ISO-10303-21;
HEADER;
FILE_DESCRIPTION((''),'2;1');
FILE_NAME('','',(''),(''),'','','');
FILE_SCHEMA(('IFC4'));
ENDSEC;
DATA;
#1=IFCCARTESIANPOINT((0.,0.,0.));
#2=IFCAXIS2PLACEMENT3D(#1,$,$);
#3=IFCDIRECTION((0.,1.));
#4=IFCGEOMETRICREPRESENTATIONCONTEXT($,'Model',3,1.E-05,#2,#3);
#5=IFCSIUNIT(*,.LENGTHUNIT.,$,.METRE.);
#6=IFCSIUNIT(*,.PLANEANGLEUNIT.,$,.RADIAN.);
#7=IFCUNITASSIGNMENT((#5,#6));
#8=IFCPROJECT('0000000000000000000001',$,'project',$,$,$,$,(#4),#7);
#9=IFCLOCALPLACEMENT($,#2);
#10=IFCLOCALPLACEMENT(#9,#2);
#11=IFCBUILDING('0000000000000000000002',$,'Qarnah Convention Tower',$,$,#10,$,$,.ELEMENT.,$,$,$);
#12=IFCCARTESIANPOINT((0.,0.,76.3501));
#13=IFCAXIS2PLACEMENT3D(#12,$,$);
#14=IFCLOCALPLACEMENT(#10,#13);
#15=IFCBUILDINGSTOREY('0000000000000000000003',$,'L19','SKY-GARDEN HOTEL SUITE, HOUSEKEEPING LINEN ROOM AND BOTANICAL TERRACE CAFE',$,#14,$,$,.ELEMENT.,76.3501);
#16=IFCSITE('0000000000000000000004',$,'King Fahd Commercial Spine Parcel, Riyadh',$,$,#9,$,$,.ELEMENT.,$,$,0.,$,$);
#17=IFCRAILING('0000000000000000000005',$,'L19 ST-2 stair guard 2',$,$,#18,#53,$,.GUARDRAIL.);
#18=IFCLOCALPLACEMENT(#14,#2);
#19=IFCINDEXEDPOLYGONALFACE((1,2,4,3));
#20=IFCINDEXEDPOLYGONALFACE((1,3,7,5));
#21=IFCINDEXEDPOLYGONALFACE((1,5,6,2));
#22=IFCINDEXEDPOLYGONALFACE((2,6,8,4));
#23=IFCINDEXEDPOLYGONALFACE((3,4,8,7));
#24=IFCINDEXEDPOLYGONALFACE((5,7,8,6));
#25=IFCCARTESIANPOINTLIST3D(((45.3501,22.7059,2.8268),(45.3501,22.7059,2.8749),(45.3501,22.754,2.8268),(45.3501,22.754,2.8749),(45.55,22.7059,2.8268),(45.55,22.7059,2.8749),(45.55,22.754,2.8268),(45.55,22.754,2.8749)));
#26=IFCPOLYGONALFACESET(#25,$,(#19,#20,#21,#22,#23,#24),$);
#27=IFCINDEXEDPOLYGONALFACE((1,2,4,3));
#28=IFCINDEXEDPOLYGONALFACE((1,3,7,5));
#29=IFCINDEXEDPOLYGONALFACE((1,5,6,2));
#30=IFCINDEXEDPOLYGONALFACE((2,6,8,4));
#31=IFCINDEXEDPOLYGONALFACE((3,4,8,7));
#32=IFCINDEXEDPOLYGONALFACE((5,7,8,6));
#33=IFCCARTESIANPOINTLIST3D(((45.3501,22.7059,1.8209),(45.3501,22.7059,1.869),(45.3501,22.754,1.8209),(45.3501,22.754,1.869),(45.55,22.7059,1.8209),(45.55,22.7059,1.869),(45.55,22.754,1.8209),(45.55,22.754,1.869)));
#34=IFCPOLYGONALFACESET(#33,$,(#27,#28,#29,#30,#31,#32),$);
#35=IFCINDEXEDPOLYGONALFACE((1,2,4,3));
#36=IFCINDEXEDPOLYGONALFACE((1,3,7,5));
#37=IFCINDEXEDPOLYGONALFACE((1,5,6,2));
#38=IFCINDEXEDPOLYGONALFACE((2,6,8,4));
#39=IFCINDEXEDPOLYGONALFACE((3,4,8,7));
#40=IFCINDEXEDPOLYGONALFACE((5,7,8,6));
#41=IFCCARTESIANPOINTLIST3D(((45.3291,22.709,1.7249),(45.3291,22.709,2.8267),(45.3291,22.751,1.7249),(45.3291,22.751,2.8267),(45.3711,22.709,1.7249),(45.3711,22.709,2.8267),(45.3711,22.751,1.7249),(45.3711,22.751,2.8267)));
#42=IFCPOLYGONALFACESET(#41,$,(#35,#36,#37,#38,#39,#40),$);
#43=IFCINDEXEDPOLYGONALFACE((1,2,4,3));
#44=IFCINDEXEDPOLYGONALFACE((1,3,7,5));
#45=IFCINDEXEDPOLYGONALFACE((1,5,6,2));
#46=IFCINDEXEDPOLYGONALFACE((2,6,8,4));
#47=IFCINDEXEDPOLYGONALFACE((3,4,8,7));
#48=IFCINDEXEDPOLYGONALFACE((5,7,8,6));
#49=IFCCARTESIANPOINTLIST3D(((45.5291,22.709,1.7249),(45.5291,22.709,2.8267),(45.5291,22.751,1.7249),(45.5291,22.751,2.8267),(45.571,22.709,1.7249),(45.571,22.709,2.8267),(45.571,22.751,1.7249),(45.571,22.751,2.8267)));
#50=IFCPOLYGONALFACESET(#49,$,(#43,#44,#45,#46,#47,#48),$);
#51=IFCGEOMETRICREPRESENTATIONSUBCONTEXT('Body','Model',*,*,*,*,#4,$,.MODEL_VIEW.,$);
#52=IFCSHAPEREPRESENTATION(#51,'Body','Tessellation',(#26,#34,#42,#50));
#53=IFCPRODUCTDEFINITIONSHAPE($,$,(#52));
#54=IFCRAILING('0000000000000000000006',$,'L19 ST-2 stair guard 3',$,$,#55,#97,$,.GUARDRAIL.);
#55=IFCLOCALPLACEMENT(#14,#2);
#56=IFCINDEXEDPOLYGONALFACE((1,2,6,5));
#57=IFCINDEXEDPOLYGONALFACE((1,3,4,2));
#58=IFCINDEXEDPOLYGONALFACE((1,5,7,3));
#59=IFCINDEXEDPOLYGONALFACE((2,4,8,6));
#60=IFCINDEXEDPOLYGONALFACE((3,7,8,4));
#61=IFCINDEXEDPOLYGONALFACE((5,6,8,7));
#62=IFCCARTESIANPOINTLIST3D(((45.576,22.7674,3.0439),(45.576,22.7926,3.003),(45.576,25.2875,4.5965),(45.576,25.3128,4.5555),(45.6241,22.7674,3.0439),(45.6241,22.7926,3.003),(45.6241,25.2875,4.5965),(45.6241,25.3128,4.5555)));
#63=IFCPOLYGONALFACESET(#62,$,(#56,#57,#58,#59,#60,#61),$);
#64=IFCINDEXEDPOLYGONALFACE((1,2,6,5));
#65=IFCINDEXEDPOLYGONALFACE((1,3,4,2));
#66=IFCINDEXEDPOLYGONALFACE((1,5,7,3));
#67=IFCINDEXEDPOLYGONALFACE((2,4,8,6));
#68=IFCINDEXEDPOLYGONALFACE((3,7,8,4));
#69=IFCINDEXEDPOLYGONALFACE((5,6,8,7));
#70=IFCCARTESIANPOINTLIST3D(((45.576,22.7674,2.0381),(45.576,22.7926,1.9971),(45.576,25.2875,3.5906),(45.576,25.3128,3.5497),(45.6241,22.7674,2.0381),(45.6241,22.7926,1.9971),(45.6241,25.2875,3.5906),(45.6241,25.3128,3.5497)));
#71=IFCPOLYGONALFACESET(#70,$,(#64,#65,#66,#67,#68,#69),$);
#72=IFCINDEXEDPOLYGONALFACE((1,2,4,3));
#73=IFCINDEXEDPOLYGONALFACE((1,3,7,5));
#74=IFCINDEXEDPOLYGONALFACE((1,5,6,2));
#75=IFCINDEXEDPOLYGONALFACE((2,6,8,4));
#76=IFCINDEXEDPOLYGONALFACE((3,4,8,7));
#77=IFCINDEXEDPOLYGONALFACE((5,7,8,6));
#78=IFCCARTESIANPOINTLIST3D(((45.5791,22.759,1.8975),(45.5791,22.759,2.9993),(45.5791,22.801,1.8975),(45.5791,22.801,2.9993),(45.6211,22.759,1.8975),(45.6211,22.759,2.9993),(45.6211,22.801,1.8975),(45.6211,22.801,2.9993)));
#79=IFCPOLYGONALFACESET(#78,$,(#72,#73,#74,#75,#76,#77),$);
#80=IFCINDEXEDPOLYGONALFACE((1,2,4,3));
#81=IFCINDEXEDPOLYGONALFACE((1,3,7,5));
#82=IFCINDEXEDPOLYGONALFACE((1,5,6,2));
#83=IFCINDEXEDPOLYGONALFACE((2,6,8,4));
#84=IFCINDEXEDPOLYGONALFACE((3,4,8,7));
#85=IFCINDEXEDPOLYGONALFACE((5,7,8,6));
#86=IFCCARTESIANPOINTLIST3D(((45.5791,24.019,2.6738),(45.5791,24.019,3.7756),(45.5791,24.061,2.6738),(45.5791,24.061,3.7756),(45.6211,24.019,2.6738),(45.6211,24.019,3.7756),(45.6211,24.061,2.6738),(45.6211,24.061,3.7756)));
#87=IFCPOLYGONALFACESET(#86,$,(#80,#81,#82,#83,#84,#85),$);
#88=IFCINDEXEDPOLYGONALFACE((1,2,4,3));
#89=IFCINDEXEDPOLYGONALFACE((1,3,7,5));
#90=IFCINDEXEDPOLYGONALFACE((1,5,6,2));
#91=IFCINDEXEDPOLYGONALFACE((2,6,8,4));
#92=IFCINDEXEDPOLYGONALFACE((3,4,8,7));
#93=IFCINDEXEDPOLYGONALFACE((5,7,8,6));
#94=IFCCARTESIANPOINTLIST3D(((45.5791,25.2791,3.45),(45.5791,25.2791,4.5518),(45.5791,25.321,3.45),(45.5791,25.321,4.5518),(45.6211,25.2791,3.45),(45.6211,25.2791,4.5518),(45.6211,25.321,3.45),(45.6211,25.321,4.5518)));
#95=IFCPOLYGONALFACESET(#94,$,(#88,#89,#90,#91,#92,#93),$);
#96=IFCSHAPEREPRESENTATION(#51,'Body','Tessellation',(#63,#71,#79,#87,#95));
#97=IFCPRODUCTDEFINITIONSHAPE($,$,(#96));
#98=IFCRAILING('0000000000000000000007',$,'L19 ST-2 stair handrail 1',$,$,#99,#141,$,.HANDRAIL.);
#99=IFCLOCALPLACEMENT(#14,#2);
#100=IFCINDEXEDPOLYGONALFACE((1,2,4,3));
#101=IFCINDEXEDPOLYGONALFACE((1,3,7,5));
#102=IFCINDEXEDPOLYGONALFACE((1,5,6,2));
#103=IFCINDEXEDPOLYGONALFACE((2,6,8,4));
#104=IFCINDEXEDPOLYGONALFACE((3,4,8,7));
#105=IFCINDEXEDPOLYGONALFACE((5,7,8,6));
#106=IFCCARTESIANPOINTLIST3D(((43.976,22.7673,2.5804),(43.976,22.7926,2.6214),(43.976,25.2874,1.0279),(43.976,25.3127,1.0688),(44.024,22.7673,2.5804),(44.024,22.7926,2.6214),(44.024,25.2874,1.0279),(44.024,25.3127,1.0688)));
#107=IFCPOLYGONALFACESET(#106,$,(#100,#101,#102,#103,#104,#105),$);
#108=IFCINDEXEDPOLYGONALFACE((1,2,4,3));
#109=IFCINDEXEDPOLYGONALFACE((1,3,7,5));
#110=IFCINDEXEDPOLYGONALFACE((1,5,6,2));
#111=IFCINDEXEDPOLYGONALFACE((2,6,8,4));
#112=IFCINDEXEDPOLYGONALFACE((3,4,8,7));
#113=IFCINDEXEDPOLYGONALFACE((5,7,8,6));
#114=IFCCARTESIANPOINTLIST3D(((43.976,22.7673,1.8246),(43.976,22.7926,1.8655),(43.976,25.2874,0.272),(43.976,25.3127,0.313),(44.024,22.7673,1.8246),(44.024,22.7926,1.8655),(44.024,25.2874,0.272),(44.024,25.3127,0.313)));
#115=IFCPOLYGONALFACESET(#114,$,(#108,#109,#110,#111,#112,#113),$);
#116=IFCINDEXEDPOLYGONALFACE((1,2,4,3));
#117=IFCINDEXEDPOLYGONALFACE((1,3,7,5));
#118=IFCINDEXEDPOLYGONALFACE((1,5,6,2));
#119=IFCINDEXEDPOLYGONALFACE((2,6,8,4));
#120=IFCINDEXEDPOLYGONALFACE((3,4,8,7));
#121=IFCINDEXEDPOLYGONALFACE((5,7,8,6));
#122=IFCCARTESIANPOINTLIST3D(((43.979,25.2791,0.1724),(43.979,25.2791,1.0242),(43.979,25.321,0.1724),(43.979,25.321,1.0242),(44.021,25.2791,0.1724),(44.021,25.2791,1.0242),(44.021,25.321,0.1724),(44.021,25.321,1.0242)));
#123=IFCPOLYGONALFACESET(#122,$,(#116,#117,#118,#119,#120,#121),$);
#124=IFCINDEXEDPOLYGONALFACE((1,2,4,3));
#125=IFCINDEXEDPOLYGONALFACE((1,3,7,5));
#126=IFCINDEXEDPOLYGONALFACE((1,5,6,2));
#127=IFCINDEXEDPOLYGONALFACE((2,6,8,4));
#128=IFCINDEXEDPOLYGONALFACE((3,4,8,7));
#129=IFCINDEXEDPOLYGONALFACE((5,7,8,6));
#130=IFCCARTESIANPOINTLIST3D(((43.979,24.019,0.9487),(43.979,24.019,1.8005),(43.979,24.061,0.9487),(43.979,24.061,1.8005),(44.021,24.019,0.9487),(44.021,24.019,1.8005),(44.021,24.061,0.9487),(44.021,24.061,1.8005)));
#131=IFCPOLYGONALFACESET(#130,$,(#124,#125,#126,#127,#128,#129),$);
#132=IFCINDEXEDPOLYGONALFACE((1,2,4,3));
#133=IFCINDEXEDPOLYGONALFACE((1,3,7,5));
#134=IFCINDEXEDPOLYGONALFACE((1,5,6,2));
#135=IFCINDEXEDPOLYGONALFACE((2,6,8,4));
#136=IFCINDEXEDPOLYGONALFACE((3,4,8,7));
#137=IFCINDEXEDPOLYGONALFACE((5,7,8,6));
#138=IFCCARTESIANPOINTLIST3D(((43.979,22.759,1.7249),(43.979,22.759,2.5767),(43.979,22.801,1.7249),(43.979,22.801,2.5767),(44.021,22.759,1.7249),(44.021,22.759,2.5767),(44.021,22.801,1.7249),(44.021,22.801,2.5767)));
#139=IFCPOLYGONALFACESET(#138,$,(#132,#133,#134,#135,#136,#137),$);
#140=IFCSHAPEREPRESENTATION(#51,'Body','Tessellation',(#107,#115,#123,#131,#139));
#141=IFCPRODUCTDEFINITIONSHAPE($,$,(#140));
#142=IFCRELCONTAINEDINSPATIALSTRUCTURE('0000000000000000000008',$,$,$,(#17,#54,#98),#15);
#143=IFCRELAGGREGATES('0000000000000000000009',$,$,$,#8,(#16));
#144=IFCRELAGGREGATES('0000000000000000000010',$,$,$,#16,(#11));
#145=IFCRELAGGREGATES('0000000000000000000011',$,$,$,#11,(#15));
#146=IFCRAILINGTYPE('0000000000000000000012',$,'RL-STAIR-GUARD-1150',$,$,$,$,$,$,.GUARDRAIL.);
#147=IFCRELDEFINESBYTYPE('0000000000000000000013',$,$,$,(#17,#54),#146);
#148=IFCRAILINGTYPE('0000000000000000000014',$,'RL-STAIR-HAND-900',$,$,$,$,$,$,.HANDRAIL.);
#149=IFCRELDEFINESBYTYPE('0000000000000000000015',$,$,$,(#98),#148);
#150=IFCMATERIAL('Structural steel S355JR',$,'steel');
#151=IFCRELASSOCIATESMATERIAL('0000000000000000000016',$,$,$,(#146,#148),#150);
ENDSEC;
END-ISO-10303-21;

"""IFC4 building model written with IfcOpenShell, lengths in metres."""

from ifc_helpers import new_model, si_unit, direction, frame, origin, origin_2d, place, context, subcontext, project, spatial, rectangle, extrude, material, type_object, element, save


model = new_model("IFC4")

# Units and contexts
model_context = context("Model", 3, precision=1e-05, world=origin(), true_north=direction((0.0, 1.0)))
body_context = subcontext(model_context, "Body", "Model", "MODEL_VIEW")
ifc_project = project(units=[si_unit("LENGTHUNIT", "METRE"), si_unit("PLANEANGLEUNIT", "RADIAN")], contexts=[model_context])

# Site, building, storey
site_placement = place(None, origin())
site = spatial("IfcSite", under=ifc_project, at=site_placement, Name="King Fahd Commercial Spine Parcel, Riyadh", CompositionType="ELEMENT", RefElevation=0.0)
building_placement = place(site_placement, origin())
building = spatial("IfcBuilding", under=site, at=building_placement, Name="Qarnah Convention Tower", CompositionType="ELEMENT")
storey_placement = place(building_placement, frame((0.0, 0.0, 76.3501)))
storey = spatial("IfcBuildingStorey", under=building, at=storey_placement, Name="L19", Description="SKY-GARDEN HOTEL SUITE, HOUSEKEEPING LINEN ROOM AND BOTANICAL TERRACE CAFE", CompositionType="ELEMENT", Elevation=76.3501)

# Shared definitions
ifc_material_1 = material(Name="Structural steel S355JR", Category="steel")

# Railings
railing_type_1 = type_object("IfcRailingType", Name="RL-STAIR-GUARD-1150", PredefinedType="GUARDRAIL", material=ifc_material_1)
railing_1_placement = place(storey_placement, frame((45.3501, 22.73, 1.7249)))
element("IfcRailing", 1, at=railing_1_placement, inside=storey, type_object=railing_type_1, Name="L19 ST-2 stair guard 2", PredefinedType="GUARDRAIL", context=body_context, shape_type="SweptSolid", body=[
    extrude(rectangle(XDim=0.0481, YDim=0.0481, at=origin_2d()), frame((0.0, 0.0, 1.126), z_axis=(1.0, 0.0, 0.0), x_axis=(0.0, 1.0, 0.0)), (0.0, 0.0, 1.0), 0.2),
    extrude(rectangle(XDim=0.0481, YDim=0.0481, at=origin_2d()), frame((0.0, 0.0, 0.1201), z_axis=(1.0, 0.0, 0.0), x_axis=(0.0, 1.0, 0.0)), (0.0, 0.0, 1.0), 0.2),
    extrude(rectangle(XDim=0.042, YDim=0.042, at=origin_2d()), origin(), (0.0, 0.0, 1.0), 1.1018),
    extrude(rectangle(XDim=0.042, YDim=0.042, at=origin_2d()), frame((0.2, 0.0, 0.0)), (0.0, 0.0, 1.0), 1.1018),
])
railing_2_placement = place(storey_placement, frame((45.6001, 22.78, 1.8975)))
element("IfcRailing", 2, at=railing_2_placement, inside=storey, type_object=railing_type_1, Name="L19 ST-2 stair guard 3", PredefinedType="GUARDRAIL", context=body_context, shape_type="SweptSolid", body=[
    extrude(rectangle(XDim=0.0481, YDim=0.0481, at=origin_2d()), frame((0.0, 0.0, 1.126), z_axis=(0.0, 0.8514, 0.524516), x_axis=(-1.0, 0.0, 0.0)), (0.0, 0.0, 1.0), 2.96),
    extrude(rectangle(XDim=0.0481, YDim=0.0481, at=origin_2d()), frame((0.0, 0.0, 0.1201), z_axis=(0.0, 0.8514, 0.524516), x_axis=(-1.0, 0.0, 0.0)), (0.0, 0.0, 1.0), 2.96),
    extrude(rectangle(XDim=0.042, YDim=0.042, at=origin_2d()), origin(), (0.0, 0.0, 1.0), 1.1018),
    extrude(rectangle(XDim=0.042, YDim=0.042, at=origin_2d()), frame((0.0, 1.26, 0.7764)), (0.0, 0.0, 1.0), 1.1018),
    extrude(rectangle(XDim=0.042, YDim=0.042, at=origin_2d()), frame((0.0, 2.52, 1.5525)), (0.0, 0.0, 1.0), 1.1018),
])
railing_type_2 = type_object("IfcRailingType", Name="RL-STAIR-HAND-900", PredefinedType="HANDRAIL", material=ifc_material_1)
railing_3_placement = place(storey_placement, frame((44.0, 25.3, 0.1724)))
element("IfcRailing", 3, at=railing_3_placement, inside=storey, type_object=railing_type_2, Name="L19 ST-2 stair handrail 1", PredefinedType="HANDRAIL", context=body_context, shape_type="SweptSolid", body=[
    extrude(rectangle(XDim=0.0481, YDim=0.0481, at=origin_2d()), frame((0.0, 0.0, 0.876), z_axis=(0.0, -0.8514, 0.524516), x_axis=(1.0, 0.0, 0.0)), (0.0, 0.0, 1.0), 2.96),
    extrude(rectangle(XDim=0.0481, YDim=0.0481, at=origin_2d()), frame((0.0, 0.0, 0.1201), z_axis=(0.0, -0.8514, 0.524516), x_axis=(1.0, 0.0, 0.0)), (0.0, 0.0, 1.0), 2.96),
    extrude(rectangle(XDim=0.042, YDim=0.042, at=origin_2d()), origin(), (0.0, 0.0, 1.0), 0.8518),
    extrude(rectangle(XDim=0.042, YDim=0.042, at=origin_2d()), frame((0.0, -1.26, 0.7764)), (0.0, 0.0, 1.0), 0.8518),
    extrude(rectangle(XDim=0.042, YDim=0.042, at=origin_2d()), frame((0.0, -2.52, 1.5525)), (0.0, 0.0, 1.0), 0.8518),
])

save(model, "model.ifc")
